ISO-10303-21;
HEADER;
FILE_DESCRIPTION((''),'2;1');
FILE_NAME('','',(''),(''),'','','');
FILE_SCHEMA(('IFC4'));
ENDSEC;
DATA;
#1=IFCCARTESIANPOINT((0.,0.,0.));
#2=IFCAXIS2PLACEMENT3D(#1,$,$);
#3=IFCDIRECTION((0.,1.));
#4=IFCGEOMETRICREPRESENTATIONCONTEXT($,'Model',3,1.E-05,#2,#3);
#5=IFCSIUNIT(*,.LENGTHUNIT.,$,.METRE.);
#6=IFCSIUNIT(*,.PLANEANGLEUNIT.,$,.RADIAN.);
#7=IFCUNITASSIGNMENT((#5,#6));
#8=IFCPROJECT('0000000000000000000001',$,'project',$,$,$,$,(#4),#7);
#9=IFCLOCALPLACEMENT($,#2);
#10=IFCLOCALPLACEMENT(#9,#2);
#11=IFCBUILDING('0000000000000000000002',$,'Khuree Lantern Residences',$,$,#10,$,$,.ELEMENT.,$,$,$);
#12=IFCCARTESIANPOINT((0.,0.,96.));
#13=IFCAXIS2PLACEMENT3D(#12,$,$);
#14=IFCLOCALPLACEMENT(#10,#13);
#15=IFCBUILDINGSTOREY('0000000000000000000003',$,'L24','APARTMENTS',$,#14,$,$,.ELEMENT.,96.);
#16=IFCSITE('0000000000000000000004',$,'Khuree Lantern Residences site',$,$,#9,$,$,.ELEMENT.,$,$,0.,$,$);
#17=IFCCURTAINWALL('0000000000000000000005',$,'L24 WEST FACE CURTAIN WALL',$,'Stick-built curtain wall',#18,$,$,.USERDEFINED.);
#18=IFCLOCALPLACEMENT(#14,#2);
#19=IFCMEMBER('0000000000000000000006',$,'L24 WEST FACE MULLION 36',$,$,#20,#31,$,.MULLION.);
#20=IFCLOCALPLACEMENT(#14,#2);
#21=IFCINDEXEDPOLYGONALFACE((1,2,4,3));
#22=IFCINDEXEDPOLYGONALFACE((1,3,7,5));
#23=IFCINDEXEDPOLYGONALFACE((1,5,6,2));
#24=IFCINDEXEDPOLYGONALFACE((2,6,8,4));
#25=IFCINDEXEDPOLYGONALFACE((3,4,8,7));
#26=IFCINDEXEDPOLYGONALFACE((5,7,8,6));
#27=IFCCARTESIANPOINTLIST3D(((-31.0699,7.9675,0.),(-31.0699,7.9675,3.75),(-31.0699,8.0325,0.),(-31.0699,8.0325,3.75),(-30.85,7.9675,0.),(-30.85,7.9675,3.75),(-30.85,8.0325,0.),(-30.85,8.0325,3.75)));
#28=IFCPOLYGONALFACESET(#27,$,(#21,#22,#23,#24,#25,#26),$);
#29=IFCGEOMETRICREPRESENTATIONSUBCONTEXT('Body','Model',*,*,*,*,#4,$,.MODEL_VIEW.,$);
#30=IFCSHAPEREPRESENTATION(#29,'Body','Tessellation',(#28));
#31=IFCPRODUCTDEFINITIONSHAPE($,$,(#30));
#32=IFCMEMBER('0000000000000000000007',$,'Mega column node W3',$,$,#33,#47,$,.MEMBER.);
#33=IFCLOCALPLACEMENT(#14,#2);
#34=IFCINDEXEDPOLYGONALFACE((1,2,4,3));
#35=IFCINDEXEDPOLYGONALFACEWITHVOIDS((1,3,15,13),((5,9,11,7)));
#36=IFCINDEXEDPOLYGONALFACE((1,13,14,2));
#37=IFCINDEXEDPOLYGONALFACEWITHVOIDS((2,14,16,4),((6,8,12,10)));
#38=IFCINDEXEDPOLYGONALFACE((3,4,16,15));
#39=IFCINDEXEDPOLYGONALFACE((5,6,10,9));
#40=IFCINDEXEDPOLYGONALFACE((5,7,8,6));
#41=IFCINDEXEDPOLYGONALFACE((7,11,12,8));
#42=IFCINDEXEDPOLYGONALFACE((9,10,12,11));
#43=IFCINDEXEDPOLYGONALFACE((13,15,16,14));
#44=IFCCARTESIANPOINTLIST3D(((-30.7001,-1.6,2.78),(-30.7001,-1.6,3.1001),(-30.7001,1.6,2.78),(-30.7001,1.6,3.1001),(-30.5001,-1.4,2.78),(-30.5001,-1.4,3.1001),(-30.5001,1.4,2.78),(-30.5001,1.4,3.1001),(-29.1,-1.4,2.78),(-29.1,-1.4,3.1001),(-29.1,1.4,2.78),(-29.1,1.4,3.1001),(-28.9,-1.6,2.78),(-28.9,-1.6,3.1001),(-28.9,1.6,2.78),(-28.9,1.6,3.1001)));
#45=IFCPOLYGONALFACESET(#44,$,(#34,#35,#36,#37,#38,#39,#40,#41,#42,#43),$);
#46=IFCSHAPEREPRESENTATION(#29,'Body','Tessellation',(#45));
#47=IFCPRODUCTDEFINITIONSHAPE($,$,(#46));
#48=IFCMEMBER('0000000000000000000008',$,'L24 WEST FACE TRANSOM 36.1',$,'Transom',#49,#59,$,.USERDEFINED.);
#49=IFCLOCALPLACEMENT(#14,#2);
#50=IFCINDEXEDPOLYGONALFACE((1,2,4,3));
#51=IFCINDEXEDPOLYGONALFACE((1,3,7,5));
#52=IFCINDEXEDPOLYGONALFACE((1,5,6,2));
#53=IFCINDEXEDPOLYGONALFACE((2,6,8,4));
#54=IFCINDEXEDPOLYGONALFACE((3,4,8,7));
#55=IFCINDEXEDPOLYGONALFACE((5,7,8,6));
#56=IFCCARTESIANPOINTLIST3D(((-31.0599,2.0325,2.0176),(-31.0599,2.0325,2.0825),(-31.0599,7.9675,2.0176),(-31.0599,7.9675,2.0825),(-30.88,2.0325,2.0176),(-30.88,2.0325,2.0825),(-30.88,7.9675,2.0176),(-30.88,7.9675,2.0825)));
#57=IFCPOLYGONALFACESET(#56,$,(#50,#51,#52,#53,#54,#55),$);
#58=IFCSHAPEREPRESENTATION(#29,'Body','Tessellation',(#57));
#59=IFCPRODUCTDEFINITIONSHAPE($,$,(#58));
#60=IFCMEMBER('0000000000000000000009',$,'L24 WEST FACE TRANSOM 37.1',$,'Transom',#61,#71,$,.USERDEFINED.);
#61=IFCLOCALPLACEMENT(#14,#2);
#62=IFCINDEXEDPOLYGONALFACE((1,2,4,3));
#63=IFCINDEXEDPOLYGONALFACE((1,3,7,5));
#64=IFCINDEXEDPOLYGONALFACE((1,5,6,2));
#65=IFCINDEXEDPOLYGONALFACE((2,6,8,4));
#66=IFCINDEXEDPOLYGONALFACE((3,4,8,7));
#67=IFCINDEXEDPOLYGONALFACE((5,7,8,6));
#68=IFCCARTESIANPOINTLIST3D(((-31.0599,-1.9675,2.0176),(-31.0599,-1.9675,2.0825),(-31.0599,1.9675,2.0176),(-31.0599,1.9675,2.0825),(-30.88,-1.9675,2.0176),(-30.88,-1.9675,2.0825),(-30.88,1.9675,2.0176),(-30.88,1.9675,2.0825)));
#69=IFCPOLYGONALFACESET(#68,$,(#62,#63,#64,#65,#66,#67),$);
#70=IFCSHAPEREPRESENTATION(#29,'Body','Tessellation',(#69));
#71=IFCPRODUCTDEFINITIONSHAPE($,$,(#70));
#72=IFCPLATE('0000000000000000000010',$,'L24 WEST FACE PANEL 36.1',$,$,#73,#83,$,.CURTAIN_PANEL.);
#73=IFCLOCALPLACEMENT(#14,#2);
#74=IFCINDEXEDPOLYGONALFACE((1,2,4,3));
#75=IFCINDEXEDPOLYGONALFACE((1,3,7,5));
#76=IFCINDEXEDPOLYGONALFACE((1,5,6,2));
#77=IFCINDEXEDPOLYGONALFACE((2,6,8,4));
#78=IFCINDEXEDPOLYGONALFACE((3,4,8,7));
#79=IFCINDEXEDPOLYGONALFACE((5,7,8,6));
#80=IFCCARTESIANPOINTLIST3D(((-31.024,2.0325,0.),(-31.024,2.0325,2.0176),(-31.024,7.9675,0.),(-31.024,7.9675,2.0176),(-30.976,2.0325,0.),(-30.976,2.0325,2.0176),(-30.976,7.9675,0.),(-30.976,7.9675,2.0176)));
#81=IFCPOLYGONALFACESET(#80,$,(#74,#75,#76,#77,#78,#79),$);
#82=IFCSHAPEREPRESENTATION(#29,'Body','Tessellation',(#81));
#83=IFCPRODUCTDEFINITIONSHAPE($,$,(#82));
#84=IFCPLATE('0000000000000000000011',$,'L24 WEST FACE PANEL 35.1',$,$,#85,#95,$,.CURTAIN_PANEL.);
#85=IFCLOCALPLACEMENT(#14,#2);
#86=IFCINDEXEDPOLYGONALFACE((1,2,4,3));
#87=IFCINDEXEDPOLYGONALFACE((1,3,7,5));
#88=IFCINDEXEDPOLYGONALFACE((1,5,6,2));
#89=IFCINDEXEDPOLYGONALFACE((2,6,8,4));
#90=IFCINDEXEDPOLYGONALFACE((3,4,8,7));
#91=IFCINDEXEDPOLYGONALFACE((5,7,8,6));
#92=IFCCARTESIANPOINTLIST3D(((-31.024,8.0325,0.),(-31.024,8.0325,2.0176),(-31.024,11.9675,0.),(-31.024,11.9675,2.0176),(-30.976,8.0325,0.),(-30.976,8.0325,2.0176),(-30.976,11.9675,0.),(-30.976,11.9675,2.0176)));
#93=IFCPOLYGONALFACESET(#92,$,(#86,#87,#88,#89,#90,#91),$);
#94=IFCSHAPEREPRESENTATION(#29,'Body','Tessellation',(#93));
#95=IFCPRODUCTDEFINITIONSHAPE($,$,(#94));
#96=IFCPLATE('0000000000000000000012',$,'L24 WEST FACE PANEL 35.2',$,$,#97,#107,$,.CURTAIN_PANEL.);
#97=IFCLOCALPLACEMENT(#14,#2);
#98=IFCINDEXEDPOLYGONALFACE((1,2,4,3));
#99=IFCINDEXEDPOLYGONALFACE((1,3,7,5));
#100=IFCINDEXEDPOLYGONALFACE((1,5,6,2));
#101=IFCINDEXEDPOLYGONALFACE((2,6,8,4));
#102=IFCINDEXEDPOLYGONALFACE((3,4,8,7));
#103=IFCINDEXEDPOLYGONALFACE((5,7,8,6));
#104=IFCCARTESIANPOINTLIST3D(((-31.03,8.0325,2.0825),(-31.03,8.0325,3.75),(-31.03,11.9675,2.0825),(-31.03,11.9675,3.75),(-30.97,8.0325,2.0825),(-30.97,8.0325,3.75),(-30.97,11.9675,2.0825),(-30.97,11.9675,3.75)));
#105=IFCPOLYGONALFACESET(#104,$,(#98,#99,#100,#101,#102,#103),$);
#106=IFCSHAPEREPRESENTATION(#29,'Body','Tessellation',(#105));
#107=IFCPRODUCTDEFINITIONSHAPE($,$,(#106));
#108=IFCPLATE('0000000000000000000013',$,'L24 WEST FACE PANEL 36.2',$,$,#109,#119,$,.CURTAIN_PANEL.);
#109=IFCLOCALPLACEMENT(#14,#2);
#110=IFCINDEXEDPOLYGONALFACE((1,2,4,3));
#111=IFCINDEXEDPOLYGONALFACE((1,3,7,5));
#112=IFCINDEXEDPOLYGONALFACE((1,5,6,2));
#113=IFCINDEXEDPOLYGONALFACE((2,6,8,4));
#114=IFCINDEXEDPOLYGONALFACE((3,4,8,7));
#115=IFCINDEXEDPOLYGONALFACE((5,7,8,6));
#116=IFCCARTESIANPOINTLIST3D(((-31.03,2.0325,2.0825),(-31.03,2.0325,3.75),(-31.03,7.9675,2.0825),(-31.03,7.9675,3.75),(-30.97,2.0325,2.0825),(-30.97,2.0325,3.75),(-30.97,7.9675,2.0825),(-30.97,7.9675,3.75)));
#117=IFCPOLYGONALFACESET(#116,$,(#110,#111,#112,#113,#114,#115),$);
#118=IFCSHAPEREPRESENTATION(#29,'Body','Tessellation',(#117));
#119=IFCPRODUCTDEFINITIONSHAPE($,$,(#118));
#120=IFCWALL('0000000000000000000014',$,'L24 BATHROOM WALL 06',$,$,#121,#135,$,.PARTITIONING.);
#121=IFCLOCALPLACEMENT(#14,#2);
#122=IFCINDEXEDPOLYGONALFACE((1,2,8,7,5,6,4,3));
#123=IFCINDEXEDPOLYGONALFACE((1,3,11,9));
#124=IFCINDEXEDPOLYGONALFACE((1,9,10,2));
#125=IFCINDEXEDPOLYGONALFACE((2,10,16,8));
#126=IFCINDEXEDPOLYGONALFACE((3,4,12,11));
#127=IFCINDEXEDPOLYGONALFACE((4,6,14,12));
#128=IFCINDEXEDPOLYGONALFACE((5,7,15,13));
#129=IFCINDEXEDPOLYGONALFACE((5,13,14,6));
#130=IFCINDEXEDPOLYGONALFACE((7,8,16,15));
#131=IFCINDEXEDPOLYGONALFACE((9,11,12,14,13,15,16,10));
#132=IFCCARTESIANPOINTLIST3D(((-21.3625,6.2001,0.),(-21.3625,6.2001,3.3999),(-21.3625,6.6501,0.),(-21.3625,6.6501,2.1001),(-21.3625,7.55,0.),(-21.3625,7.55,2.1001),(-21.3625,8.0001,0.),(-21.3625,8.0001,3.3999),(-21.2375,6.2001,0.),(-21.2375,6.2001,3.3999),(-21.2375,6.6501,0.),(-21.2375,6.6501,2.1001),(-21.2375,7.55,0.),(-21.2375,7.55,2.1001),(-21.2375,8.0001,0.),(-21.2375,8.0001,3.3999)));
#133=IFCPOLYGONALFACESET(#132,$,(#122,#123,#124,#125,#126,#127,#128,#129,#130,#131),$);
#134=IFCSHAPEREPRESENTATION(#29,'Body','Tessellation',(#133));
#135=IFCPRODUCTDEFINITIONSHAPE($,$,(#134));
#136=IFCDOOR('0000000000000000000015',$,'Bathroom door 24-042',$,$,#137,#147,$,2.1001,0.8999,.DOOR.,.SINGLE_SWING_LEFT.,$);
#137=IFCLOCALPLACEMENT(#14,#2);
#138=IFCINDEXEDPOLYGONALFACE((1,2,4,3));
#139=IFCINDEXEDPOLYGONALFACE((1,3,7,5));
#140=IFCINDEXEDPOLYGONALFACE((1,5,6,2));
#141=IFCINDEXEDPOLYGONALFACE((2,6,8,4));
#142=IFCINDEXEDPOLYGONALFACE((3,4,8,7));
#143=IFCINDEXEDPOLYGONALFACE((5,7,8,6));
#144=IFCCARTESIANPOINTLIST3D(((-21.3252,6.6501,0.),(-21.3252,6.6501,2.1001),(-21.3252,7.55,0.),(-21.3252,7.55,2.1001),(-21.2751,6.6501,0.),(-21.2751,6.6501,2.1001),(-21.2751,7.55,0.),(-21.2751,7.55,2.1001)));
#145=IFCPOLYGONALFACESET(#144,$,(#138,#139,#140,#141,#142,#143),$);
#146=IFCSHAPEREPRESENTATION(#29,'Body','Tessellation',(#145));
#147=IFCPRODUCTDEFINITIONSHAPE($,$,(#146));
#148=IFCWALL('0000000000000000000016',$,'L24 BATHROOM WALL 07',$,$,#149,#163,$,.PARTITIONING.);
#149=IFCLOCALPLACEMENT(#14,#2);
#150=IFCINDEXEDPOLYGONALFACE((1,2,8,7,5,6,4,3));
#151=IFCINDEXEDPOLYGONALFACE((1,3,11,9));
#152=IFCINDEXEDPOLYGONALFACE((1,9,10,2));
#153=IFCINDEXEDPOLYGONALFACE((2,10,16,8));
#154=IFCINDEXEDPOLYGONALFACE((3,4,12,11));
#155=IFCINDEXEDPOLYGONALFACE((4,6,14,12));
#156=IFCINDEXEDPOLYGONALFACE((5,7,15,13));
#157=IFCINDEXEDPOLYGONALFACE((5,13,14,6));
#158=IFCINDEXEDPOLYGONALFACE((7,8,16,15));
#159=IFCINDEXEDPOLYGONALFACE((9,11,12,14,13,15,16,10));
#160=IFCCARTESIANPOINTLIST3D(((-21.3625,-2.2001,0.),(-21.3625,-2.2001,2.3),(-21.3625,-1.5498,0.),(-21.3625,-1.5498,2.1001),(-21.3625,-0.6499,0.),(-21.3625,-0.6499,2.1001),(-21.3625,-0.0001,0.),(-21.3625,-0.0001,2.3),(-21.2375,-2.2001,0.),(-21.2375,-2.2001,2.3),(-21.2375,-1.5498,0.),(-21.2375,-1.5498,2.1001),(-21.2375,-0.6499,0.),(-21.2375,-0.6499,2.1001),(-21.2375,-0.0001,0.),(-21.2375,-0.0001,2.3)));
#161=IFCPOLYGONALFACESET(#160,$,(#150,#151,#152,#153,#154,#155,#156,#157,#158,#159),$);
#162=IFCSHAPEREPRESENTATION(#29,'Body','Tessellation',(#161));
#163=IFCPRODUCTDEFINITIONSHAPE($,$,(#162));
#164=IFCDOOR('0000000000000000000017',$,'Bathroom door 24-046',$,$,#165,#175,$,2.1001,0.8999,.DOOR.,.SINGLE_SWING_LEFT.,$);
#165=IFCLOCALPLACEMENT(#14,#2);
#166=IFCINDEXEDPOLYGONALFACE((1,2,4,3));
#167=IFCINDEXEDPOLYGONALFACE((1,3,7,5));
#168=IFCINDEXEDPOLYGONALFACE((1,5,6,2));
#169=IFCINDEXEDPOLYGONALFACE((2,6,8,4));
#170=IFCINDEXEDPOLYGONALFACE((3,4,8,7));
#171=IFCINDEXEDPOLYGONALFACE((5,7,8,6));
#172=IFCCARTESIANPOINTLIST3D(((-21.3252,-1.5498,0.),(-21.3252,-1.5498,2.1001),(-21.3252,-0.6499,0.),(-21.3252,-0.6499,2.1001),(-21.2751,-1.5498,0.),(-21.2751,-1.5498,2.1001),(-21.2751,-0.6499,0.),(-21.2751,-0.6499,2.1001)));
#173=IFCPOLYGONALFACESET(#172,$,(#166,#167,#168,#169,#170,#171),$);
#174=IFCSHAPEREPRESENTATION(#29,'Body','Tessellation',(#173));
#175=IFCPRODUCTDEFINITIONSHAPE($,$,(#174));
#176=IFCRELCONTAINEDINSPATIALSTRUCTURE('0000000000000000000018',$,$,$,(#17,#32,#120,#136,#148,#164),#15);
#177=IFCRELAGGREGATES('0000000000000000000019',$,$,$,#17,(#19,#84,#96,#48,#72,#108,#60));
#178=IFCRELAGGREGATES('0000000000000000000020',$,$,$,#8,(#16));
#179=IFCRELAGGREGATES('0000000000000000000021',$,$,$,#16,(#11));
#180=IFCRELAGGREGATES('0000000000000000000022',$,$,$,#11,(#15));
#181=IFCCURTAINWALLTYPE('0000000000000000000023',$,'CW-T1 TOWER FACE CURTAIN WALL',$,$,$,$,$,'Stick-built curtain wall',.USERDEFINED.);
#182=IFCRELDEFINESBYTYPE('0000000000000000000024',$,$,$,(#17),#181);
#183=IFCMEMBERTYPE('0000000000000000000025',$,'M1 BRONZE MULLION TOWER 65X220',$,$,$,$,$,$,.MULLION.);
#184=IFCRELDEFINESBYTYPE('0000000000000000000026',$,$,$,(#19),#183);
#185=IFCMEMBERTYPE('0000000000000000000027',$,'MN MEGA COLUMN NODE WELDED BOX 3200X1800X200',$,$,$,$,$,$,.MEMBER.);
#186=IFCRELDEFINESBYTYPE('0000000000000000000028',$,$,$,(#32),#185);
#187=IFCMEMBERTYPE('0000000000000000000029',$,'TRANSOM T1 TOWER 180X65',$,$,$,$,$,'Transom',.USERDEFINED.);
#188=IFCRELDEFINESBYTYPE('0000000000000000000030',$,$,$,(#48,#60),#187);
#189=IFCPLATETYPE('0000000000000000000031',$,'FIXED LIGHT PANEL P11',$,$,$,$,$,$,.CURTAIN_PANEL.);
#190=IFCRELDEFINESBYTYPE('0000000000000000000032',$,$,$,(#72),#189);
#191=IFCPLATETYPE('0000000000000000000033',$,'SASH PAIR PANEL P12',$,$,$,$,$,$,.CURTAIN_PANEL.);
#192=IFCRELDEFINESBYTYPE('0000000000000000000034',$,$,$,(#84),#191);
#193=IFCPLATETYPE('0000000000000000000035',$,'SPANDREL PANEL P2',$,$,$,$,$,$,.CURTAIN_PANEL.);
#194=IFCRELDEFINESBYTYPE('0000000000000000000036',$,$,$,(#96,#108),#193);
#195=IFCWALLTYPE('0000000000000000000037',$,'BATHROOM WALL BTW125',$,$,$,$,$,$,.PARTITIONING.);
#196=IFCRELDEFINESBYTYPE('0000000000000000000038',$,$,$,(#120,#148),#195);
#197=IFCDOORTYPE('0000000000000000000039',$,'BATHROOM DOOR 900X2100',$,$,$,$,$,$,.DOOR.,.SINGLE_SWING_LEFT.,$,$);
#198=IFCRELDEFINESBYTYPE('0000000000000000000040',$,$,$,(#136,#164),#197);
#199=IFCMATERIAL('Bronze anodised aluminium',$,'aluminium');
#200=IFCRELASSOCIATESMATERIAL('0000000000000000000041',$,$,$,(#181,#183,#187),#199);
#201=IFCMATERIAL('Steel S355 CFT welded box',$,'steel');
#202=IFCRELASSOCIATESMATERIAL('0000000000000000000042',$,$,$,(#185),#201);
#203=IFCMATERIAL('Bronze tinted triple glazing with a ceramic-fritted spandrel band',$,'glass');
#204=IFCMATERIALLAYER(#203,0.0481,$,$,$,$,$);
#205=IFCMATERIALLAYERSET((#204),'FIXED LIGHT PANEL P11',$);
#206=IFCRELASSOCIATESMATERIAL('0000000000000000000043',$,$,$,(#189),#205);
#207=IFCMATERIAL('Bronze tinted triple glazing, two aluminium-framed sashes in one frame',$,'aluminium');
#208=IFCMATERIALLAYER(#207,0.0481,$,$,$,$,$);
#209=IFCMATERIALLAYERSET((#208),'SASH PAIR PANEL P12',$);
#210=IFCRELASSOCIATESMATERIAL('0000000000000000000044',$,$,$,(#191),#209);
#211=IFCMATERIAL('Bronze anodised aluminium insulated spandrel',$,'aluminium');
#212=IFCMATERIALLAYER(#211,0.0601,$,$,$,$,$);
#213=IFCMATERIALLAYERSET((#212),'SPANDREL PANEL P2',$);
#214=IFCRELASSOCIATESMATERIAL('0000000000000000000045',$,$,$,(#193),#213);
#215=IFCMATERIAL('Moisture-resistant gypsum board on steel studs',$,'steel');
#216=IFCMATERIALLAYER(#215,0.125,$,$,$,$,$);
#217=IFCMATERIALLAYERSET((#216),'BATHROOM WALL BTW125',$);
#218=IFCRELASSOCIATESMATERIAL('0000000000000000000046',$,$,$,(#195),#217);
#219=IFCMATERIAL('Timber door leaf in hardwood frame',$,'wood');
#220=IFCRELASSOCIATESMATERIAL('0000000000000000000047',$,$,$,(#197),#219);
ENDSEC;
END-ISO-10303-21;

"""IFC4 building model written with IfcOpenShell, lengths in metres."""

from ifc_helpers import new_model, si_unit, direction, frame, frame_2d, origin, origin_2d, place, context, subcontext, project, spatial, rectangle, hollow_rectangle, extrude, material, layer, layer_set, material_profile, profile_set, type_object, element, fill, aggregate, save


model = new_model("IFC4")

# Units and contexts
model_context = context("Model", 3, precision=1e-05, world=origin(), true_north=direction((0.0, 1.0)))
body_context = subcontext(model_context, "Body", "Model", "MODEL_VIEW")
ifc_project = project(units=[si_unit("LENGTHUNIT", "METRE"), si_unit("PLANEANGLEUNIT", "RADIAN")], contexts=[model_context])

# Site, building, storey
site_placement = place(None, origin())
site = spatial("IfcSite", under=ifc_project, at=site_placement, Name="Khuree Lantern Residences site", CompositionType="ELEMENT", RefElevation=0.0)
building_placement = place(site_placement, origin())
building = spatial("IfcBuilding", under=site, at=building_placement, Name="Khuree Lantern Residences", CompositionType="ELEMENT")
storey_placement = place(building_placement, frame((0.0, 0.0, 96.0)))
storey = spatial("IfcBuildingStorey", under=building, at=storey_placement, Name="L24", Description="APARTMENTS", CompositionType="ELEMENT", Elevation=96.0)

# Shared definitions
ifc_material_1 = material(Name="Steel S355 CFT welded box", Category="steel")

# Curtain wall
ifc_material_2 = material(Name="Bronze anodised aluminium", Category="aluminium")
curtain_wall_type = type_object("IfcCurtainWallType", Name="CW-T1 TOWER FACE CURTAIN WALL", ElementType="Stick-built curtain wall", PredefinedType="USERDEFINED", material=ifc_material_2)
curtain_wall_placement = place(storey_placement, origin())
curtain_wall = element("IfcCurtainWall", 1, at=curtain_wall_placement, inside=storey, type_object=curtain_wall_type, Name="L24 WEST FACE CURTAIN WALL", ObjectType="Stick-built curtain wall", PredefinedType="USERDEFINED")

# Members
ifc_material_profile_1 = material_profile(ifc_material_2, rectangle(XDim=0.0649, YDim=0.22, at=origin_2d()), Name="M1 65X220")
ifc_profile_set_1 = profile_set([ifc_material_profile_1], Name="Bronze anodised aluminium")
member_type_1 = type_object("IfcMemberType", Name="M1 BRONZE MULLION TOWER 65X220", PredefinedType="MULLION", material=ifc_profile_set_1)
member_1_placement = place(storey_placement, frame((-30.96, 8.0, 0.0), z_axis=(0.0, 0.0, 1.0), x_axis=(0.0, -1.0, 0.0)))
member_1 = element("IfcMember", 2, at=member_1_placement, type_object=member_type_1, Name="L24 WEST FACE MULLION 36", PredefinedType="MULLION", context=body_context, shape_type="SweptSolid", body=[
    extrude(rectangle(XDim=0.0649, YDim=0.22, at=origin_2d()), origin(), (0.0, 0.0, 1.0), 3.75),
])
ifc_material_profile_2 = material_profile(ifc_material_1, hollow_rectangle(XDim=3.2, YDim=1.8, WallThickness=0.2, at=origin_2d()), Name="WELDED BOX 3200X1800X200")
ifc_profile_set_2 = profile_set([ifc_material_profile_2], Name="Steel S355 CFT welded box")
member_type_2 = type_object("IfcMemberType", Name="MN MEGA COLUMN NODE WELDED BOX 3200X1800X200", PredefinedType="MEMBER", material=ifc_profile_set_2)
member_2_placement = place(storey_placement, frame((-29.8, 0.0, 2.78), z_axis=(0.0, 0.0, 1.0), x_axis=(0.0, 1.0, 0.0)))
element("IfcMember", 3, at=member_2_placement, inside=storey, type_object=member_type_2, Name="Mega column node W3", PredefinedType="MEMBER", context=body_context, shape_type="SweptSolid", body=[
    extrude(hollow_rectangle(XDim=3.2, YDim=1.8, WallThickness=0.2, at=origin_2d()), origin(), (0.0, 0.0, 1.0), 0.3201),
])
ifc_material_profile_3 = material_profile(ifc_material_2, rectangle(XDim=0.1799, YDim=0.0649, at=origin_2d()), Name="T1 180X65")
ifc_profile_set_3 = profile_set([ifc_material_profile_3], Name="Bronze anodised aluminium")
member_type_3 = type_object("IfcMemberType", Name="TRANSOM T1 TOWER 180X65", ElementType="Transom", PredefinedType="USERDEFINED", material=ifc_profile_set_3)
member_3_placement = place(storey_placement, frame((-30.97, 7.9675, 2.05), z_axis=(0.0, -1.0, 0.0), x_axis=(1.0, 0.0, 0.0)))
member_3 = element("IfcMember", 4, at=member_3_placement, type_object=member_type_3, Name="L24 WEST FACE TRANSOM 36.1", ObjectType="Transom", PredefinedType="USERDEFINED", context=body_context, shape_type="SweptSolid", body=[
    extrude(rectangle(XDim=0.1799, YDim=0.0649, at=origin_2d()), origin(), (0.0, 0.0, 1.0), 5.9351),
])
member_4_placement = place(storey_placement, frame((-30.97, 1.9675, 2.05), z_axis=(0.0, -1.0, 0.0), x_axis=(1.0, 0.0, 0.0)))
member_4 = element("IfcMember", 5, at=member_4_placement, type_object=member_type_3, Name="L24 WEST FACE TRANSOM 37.1", ObjectType="Transom", PredefinedType="USERDEFINED", context=body_context, shape_type="SweptSolid", body=[
    extrude(rectangle(XDim=0.1799, YDim=0.0649, at=origin_2d()), origin(), (0.0, 0.0, 1.0), 3.9351),
])

# Plates
ifc_material_3 = material(Name="Bronze tinted triple glazing with a ceramic-fritted spandrel band", Category="glass")
ifc_layer_1 = layer(ifc_material_3, 0.0481)
ifc_layer_set_1 = layer_set([ifc_layer_1], Name="FIXED LIGHT PANEL P11")
plate_type_1 = type_object("IfcPlateType", Name="FIXED LIGHT PANEL P11", PredefinedType="CURTAIN_PANEL", material=ifc_layer_set_1)
plate_1_placement = place(storey_placement, frame((-31.0, 5.0, 0.0), z_axis=(0.0, 0.0, 1.0), x_axis=(0.0, -1.0, 0.0)))
plate_1 = element("IfcPlate", 6, at=plate_1_placement, type_object=plate_type_1, Name="L24 WEST FACE PANEL 36.1", PredefinedType="CURTAIN_PANEL", context=body_context, shape_type="SweptSolid", body=[
    extrude(rectangle(XDim=5.9351, YDim=0.0481, at=origin_2d()), origin(), (0.0, 0.0, 1.0), 2.0176),
])
ifc_material_4 = material(Name="Bronze tinted triple glazing, two aluminium-framed sashes in one frame", Category="aluminium")
ifc_layer_2 = layer(ifc_material_4, 0.0481)
ifc_layer_set_2 = layer_set([ifc_layer_2], Name="SASH PAIR PANEL P12")
plate_type_2 = type_object("IfcPlateType", Name="SASH PAIR PANEL P12", PredefinedType="CURTAIN_PANEL", material=ifc_layer_set_2)
plate_2_placement = place(storey_placement, frame((-31.0, 10.0, 0.0), z_axis=(0.0, 0.0, 1.0), x_axis=(0.0, -1.0, 0.0)))
plate_2 = element("IfcPlate", 7, at=plate_2_placement, type_object=plate_type_2, Name="L24 WEST FACE PANEL 35.1", PredefinedType="CURTAIN_PANEL", context=body_context, shape_type="SweptSolid", body=[
    extrude(rectangle(XDim=3.9351, YDim=0.0481, at=origin_2d()), origin(), (0.0, 0.0, 1.0), 2.0176),
])
ifc_material_5 = material(Name="Bronze anodised aluminium insulated spandrel", Category="aluminium")
ifc_layer_3 = layer(ifc_material_5, 0.0601)
ifc_layer_set_3 = layer_set([ifc_layer_3], Name="SPANDREL PANEL P2")
plate_type_3 = type_object("IfcPlateType", Name="SPANDREL PANEL P2", PredefinedType="CURTAIN_PANEL", material=ifc_layer_set_3)
plate_3_placement = place(storey_placement, frame((-31.0, 10.0, 2.0825), z_axis=(0.0, 0.0, 1.0), x_axis=(0.0, -1.0, 0.0)))
plate_3 = element("IfcPlate", 8, at=plate_3_placement, type_object=plate_type_3, Name="L24 WEST FACE PANEL 35.2", PredefinedType="CURTAIN_PANEL", context=body_context, shape_type="SweptSolid", body=[
    extrude(rectangle(XDim=3.9351, YDim=0.0601, at=origin_2d()), origin(), (0.0, 0.0, 1.0), 1.6675),
])
plate_4_placement = place(storey_placement, frame((-31.0, 5.0, 2.0825), z_axis=(0.0, 0.0, 1.0), x_axis=(0.0, -1.0, 0.0)))
plate_4 = element("IfcPlate", 9, at=plate_4_placement, type_object=plate_type_3, Name="L24 WEST FACE PANEL 36.2", PredefinedType="CURTAIN_PANEL", context=body_context, shape_type="SweptSolid", body=[
    extrude(rectangle(XDim=5.9351, YDim=0.0601, at=origin_2d()), origin(), (0.0, 0.0, 1.0), 1.6675),
])
aggregate(curtain_wall, [member_1, plate_2, plate_3, member_3, plate_1, plate_4, member_4])

# Walls, openings, doors
ifc_material_6 = material(Name="Moisture-resistant gypsum board on steel studs", Category="steel")
ifc_layer_4 = layer(ifc_material_6, 0.125)
ifc_layer_set_4 = layer_set([ifc_layer_4], Name="BATHROOM WALL BTW125")
wall_type = type_object("IfcWallType", Name="BATHROOM WALL BTW125", PredefinedType="PARTITIONING", material=ifc_layer_set_4)
wall_1_placement = place(storey_placement, frame((-21.3, 8.0, 0.0), z_axis=(0.0, 0.0, 1.0), x_axis=(0.0, -1.0, 0.0)))
wall_1 = element("IfcWall", 10, at=wall_1_placement, inside=storey, type_object=wall_type, Name="L24 BATHROOM WALL 06", PredefinedType="PARTITIONING", context=body_context, shape_type="SweptSolid", body=[
    extrude(rectangle(XDim=1.8, YDim=0.125, at=frame_2d((0.8999, 0.0))), origin(), (0.0, 0.0, 1.0), 3.3999),
])
opening_1_placement = place(wall_1_placement, frame((0.45, 0.0, 0.0)))
opening_1 = element("IfcOpeningElement", 11, at=opening_1_placement, cuts=wall_1, PredefinedType="OPENING", context=body_context, shape_type="SweptSolid", body=[
    extrude(rectangle(XDim=0.8999, YDim=2.1001, at=frame_2d((0.45, 1.05))), frame((0.0, 0.0725, 0.0), z_axis=(0.0, -1.0, 0.0), x_axis=(1.0, 0.0, 0.0)), (0.0, 0.0, 1.0), 0.145),
])
ifc_material_7 = material(Name="Timber door leaf in hardwood frame", Category="wood")
door_type = type_object("IfcDoorType", Name="BATHROOM DOOR 900X2100", OperationType="SINGLE_SWING_LEFT", PredefinedType="DOOR", material=ifc_material_7)
door_1_placement = place(opening_1_placement, origin())
door_1 = element("IfcDoor", 12, at=door_1_placement, inside=storey, type_object=door_type, Name="Bathroom door 24-042", OperationType="SINGLE_SWING_LEFT", OverallHeight=2.1001, OverallWidth=0.8999, PredefinedType="DOOR", context=body_context, shape_type="SweptSolid", body=[
    extrude(rectangle(XDim=0.8999, YDim=2.1001, at=frame_2d((0.45, 1.05))), frame((0.0, 0.0249, 0.0), z_axis=(0.0, -1.0, 0.0), x_axis=(1.0, 0.0, 0.0)), (0.0, 0.0, 1.0), 0.05),
])
fill(opening_1, door_1)
wall_2_placement = place(storey_placement, frame((-21.3, 0.0, 0.0), z_axis=(0.0, 0.0, 1.0), x_axis=(0.0, -1.0, 0.0)))
wall_2 = element("IfcWall", 13, at=wall_2_placement, inside=storey, type_object=wall_type, Name="L24 BATHROOM WALL 07", PredefinedType="PARTITIONING", context=body_context, shape_type="SweptSolid", body=[
    extrude(rectangle(XDim=2.2, YDim=0.125, at=frame_2d((1.1001, 0.0))), origin(), (0.0, 0.0, 1.0), 2.3),
])
opening_2_placement = place(wall_2_placement, frame((0.6499, 0.0, 0.0)))
opening_2 = element("IfcOpeningElement", 14, at=opening_2_placement, cuts=wall_2, PredefinedType="OPENING", context=body_context, shape_type="SweptSolid", body=[
    extrude(rectangle(XDim=0.8999, YDim=2.1001, at=frame_2d((0.45, 1.05))), frame((0.0, 0.0725, 0.0), z_axis=(0.0, -1.0, 0.0), x_axis=(1.0, 0.0, 0.0)), (0.0, 0.0, 1.0), 0.145),
])
door_2_placement = place(opening_2_placement, origin())
door_2 = element("IfcDoor", 15, at=door_2_placement, inside=storey, type_object=door_type, Name="Bathroom door 24-046", OperationType="SINGLE_SWING_LEFT", OverallHeight=2.1001, OverallWidth=0.8999, PredefinedType="DOOR", context=body_context, shape_type="SweptSolid", body=[
    extrude(rectangle(XDim=0.8999, YDim=2.1001, at=frame_2d((0.45, 1.05))), frame((0.0, 0.0249, 0.0), z_axis=(0.0, -1.0, 0.0), x_axis=(1.0, 0.0, 0.0)), (0.0, 0.0, 1.0), 0.05),
])
fill(opening_2, door_2)

save(model, "model.ifc")
